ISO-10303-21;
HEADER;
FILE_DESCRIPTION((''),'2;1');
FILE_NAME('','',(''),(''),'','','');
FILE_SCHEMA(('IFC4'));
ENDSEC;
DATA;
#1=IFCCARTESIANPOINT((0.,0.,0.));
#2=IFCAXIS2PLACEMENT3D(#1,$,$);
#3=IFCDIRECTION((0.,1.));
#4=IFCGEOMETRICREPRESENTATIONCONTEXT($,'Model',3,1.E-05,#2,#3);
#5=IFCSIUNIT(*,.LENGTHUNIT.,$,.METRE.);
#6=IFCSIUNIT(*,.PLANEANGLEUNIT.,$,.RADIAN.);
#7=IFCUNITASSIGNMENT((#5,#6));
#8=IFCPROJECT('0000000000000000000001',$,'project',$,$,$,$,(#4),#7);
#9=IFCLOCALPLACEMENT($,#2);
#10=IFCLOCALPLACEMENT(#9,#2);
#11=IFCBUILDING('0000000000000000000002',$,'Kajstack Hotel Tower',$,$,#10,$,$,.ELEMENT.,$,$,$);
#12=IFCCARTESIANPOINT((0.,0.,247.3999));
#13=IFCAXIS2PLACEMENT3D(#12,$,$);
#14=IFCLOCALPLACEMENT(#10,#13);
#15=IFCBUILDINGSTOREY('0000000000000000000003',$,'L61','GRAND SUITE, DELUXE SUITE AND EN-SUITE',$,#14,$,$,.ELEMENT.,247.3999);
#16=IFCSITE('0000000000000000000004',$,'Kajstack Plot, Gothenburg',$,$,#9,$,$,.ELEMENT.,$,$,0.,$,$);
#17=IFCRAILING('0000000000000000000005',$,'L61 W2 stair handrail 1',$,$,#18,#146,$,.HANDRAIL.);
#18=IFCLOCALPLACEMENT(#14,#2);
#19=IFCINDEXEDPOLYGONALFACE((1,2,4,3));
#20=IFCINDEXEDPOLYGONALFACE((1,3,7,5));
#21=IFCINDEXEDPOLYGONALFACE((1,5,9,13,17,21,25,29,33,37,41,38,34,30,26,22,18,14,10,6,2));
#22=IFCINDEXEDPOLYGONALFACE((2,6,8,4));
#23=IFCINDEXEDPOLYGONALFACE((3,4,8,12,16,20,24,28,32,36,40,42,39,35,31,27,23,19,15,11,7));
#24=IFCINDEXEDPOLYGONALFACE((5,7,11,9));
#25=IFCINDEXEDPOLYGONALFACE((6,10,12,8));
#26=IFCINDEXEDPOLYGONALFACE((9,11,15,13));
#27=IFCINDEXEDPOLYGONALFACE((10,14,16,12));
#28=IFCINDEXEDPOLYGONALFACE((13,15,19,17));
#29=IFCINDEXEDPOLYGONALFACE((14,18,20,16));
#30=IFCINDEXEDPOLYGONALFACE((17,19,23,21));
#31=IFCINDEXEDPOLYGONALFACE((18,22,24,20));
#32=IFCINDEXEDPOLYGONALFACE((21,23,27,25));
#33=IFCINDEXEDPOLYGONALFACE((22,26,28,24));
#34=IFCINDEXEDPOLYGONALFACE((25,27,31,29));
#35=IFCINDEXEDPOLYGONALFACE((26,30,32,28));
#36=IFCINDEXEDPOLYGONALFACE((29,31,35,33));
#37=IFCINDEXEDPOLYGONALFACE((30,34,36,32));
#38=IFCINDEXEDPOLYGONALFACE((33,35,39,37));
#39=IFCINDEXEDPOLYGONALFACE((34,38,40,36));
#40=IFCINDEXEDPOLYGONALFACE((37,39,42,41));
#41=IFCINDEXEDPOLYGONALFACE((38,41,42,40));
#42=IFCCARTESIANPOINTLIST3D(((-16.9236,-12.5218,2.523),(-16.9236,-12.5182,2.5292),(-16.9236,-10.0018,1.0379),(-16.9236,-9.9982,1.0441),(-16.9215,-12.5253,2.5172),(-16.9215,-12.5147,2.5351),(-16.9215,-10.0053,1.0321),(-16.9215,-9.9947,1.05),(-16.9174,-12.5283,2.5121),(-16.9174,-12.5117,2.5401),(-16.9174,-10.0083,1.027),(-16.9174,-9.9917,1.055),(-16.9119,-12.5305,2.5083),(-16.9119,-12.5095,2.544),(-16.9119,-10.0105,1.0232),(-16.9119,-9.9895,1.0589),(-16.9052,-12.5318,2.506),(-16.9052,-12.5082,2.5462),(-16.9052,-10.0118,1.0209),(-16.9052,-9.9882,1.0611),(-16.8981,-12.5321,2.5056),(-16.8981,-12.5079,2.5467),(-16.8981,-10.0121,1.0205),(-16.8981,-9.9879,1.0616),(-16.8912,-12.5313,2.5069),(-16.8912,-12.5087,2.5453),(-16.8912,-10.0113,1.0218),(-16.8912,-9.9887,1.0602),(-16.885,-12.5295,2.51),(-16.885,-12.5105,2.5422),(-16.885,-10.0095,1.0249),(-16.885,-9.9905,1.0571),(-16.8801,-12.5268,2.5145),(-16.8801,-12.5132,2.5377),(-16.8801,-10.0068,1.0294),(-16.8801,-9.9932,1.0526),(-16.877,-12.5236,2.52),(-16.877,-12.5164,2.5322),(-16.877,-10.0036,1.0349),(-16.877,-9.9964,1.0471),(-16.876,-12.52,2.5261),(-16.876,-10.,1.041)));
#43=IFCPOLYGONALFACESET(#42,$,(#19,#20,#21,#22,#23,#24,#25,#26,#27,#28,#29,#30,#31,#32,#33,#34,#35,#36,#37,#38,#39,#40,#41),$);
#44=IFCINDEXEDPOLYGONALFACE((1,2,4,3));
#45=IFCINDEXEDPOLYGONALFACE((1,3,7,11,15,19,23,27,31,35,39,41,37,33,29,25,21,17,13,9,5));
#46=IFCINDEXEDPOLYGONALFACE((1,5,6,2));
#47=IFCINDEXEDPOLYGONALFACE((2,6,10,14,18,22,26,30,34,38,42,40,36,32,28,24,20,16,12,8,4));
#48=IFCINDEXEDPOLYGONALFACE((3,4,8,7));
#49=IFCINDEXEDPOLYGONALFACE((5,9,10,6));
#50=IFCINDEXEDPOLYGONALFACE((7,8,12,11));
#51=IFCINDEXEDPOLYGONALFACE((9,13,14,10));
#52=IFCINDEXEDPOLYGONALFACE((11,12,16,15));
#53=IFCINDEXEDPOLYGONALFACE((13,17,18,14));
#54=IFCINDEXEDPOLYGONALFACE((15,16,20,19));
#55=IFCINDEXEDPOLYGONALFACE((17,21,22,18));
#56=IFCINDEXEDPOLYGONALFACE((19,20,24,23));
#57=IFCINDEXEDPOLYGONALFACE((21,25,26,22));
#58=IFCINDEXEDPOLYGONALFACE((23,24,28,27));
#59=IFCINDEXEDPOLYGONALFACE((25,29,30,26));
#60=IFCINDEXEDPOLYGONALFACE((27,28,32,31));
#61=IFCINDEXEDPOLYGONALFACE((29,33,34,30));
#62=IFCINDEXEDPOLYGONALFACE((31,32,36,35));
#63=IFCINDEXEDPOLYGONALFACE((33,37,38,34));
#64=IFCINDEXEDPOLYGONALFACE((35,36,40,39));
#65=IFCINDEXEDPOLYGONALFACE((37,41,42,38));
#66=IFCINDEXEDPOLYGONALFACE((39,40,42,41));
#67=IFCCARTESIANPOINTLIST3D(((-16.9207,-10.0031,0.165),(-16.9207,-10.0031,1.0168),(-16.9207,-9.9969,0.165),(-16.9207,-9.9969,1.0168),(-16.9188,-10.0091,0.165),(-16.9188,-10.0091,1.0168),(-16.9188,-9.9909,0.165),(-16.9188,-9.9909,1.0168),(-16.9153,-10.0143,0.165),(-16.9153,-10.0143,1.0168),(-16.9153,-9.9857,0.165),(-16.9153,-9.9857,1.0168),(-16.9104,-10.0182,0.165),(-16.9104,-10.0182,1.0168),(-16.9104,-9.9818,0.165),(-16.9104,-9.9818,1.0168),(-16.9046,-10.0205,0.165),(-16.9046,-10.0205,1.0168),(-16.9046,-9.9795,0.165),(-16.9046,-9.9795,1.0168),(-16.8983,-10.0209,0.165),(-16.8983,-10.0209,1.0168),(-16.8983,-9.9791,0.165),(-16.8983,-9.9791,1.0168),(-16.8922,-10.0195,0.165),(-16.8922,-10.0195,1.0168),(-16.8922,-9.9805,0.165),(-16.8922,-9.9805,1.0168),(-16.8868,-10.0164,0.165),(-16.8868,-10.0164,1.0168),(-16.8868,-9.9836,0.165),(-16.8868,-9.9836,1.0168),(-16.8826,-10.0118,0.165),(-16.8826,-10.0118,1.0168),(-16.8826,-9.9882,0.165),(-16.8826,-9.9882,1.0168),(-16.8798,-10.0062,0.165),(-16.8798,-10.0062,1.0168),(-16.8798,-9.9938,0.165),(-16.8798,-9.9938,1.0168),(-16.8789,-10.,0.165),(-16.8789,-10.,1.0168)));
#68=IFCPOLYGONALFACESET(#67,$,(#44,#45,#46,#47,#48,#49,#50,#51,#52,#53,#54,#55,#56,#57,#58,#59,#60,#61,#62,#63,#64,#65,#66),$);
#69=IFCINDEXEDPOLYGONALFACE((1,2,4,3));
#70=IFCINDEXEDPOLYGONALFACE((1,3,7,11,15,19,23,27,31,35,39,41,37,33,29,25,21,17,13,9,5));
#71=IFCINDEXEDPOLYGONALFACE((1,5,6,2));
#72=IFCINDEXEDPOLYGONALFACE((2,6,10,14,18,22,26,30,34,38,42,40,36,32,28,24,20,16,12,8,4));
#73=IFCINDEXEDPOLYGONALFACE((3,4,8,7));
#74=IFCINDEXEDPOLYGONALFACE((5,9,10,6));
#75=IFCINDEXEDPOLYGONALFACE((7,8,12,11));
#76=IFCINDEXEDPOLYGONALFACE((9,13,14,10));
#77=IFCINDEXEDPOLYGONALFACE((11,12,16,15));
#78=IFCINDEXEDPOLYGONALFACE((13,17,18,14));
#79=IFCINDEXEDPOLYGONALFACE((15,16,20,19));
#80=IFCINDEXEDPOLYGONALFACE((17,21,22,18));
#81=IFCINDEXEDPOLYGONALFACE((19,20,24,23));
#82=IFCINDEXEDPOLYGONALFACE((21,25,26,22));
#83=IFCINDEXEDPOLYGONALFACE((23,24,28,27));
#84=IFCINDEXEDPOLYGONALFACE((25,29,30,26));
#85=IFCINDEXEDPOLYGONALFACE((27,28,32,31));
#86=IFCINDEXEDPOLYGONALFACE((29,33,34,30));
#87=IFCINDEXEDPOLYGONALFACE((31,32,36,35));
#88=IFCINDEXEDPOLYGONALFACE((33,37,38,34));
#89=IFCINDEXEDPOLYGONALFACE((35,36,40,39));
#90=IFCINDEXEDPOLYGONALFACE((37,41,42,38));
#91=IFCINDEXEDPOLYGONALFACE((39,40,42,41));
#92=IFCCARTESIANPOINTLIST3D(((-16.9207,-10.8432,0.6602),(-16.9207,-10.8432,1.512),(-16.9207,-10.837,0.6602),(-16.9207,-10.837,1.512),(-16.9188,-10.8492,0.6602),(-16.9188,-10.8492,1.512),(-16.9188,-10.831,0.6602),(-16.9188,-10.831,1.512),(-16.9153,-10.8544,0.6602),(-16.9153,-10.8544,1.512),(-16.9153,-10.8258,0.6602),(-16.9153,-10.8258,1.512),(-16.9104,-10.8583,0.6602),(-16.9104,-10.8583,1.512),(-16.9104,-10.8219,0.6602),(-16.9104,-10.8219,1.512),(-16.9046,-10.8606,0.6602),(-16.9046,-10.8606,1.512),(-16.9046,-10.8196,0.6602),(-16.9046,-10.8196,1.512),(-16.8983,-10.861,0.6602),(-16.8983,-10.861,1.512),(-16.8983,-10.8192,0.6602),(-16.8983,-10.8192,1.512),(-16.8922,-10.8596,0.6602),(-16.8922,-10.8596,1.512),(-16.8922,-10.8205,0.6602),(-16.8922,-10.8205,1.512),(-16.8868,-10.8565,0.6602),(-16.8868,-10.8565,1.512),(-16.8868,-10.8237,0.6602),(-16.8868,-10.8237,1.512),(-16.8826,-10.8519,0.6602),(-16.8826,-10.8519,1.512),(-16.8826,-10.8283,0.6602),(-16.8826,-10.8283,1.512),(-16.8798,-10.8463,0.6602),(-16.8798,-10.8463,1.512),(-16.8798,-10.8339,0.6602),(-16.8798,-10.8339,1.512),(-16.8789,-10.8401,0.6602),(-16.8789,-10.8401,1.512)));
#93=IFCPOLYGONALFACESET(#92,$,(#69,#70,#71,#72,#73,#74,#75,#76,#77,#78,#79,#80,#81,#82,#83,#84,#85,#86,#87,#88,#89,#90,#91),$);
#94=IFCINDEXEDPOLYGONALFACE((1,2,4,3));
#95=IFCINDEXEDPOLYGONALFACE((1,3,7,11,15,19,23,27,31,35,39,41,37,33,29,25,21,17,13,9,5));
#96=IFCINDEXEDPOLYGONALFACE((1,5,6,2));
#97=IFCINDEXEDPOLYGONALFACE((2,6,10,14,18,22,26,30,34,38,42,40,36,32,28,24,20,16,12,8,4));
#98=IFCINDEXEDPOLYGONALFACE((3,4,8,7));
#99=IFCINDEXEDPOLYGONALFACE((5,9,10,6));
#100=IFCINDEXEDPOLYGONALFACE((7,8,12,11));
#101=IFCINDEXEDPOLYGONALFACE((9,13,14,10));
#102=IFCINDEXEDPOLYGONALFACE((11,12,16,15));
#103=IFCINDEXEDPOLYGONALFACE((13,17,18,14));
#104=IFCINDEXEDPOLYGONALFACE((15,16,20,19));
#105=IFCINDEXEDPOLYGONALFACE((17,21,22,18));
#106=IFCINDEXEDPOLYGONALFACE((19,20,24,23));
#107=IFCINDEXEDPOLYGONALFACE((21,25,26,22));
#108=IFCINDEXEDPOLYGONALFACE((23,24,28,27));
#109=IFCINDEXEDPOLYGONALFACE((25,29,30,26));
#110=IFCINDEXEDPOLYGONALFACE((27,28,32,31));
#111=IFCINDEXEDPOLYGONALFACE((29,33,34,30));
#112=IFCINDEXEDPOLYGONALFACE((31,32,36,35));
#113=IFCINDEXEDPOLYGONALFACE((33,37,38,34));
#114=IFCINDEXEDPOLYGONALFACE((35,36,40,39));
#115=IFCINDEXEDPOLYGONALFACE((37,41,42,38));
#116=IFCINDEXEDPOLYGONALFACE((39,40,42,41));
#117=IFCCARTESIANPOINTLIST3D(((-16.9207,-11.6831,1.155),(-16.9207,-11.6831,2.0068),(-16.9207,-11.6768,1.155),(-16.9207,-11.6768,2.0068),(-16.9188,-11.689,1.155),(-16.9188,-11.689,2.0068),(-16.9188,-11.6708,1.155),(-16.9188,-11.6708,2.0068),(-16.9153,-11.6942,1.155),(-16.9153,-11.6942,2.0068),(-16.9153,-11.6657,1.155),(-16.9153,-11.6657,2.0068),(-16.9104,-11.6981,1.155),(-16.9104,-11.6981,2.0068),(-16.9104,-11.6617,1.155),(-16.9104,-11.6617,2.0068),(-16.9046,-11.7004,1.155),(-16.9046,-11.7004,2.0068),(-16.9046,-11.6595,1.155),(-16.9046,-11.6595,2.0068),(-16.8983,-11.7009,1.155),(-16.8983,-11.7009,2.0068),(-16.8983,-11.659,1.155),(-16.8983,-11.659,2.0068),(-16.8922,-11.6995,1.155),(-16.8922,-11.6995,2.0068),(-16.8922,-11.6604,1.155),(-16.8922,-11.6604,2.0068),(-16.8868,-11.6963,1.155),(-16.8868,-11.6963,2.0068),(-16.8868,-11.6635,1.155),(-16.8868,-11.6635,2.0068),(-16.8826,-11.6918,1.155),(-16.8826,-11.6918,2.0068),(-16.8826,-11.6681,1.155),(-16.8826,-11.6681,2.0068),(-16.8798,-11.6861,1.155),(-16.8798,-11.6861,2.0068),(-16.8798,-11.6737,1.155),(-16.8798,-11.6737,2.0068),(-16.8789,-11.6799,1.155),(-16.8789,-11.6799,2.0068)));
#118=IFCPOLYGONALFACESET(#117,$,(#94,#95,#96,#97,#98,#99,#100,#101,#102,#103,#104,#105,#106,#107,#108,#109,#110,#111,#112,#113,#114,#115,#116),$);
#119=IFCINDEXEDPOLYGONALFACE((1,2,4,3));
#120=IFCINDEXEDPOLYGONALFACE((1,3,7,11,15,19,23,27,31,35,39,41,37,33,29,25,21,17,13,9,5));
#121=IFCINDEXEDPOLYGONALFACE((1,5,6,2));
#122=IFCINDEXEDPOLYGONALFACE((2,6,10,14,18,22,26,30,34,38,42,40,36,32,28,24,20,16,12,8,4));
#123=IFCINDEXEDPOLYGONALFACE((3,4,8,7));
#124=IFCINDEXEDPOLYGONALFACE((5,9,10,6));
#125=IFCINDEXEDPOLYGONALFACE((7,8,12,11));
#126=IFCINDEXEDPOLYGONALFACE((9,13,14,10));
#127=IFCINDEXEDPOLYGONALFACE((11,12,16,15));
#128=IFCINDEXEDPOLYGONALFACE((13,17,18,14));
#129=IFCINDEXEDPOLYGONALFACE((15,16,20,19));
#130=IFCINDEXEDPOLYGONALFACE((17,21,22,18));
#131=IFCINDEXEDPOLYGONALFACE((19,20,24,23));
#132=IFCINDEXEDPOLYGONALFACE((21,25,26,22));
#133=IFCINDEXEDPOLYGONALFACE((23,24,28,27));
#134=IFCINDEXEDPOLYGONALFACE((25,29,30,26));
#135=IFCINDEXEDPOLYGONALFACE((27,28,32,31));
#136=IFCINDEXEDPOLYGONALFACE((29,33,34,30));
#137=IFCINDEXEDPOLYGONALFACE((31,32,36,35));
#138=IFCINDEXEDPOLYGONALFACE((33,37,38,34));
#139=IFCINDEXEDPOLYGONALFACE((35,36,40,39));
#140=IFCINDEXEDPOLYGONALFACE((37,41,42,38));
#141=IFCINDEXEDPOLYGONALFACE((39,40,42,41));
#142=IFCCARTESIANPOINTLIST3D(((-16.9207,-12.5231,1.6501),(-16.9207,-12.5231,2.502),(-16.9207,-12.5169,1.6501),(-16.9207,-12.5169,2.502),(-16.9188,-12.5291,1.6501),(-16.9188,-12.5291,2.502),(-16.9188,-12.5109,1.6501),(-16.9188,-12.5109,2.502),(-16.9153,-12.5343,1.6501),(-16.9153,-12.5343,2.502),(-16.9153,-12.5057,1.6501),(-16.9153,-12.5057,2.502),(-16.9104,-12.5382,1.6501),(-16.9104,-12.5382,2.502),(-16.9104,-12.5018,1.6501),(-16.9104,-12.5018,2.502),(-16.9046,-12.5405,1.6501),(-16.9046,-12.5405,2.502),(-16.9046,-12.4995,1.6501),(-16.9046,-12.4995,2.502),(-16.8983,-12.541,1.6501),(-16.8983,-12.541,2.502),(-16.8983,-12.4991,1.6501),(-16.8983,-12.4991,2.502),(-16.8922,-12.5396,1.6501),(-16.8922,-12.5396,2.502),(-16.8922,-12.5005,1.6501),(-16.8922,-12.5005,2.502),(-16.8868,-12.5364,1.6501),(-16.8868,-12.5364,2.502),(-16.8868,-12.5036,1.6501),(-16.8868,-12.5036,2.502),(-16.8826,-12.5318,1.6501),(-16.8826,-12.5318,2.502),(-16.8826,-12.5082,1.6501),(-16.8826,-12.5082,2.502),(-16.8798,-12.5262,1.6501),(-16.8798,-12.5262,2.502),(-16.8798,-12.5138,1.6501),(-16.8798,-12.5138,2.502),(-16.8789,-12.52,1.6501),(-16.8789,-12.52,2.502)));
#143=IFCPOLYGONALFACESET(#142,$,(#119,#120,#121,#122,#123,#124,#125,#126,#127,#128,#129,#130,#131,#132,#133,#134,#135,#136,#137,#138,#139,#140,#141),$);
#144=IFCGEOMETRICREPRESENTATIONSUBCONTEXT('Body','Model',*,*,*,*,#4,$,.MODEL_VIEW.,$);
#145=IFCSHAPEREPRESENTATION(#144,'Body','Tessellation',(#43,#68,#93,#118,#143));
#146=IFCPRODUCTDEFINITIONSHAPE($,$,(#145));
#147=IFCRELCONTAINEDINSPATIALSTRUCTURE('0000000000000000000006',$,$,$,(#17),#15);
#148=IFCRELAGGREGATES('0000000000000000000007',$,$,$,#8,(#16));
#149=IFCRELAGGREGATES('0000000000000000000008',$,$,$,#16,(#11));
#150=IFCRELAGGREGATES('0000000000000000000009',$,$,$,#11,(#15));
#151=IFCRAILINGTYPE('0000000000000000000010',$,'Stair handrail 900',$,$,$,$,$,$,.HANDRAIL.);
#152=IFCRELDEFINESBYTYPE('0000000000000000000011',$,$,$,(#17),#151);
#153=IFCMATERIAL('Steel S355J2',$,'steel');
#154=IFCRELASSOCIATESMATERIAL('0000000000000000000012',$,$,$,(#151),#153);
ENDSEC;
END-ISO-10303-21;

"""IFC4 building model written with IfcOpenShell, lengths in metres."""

from ifc_helpers import new_model, si_unit, direction, frame, origin, origin_2d, place, context, subcontext, project, spatial, circle, extrude, material, type_object, element, save


model = new_model("IFC4")

# Units and contexts
model_context = context("Model", 3, precision=1e-05, world=origin(), true_north=direction((0.0, 1.0)))
body_context = subcontext(model_context, "Body", "Model", "MODEL_VIEW")
ifc_project = project(units=[si_unit("LENGTHUNIT", "METRE"), si_unit("PLANEANGLEUNIT", "RADIAN")], contexts=[model_context])

# Site, building, storey
site_placement = place(None, origin())
site = spatial("IfcSite", under=ifc_project, at=site_placement, Name="Kajstack Plot, Gothenburg", CompositionType="ELEMENT", RefElevation=0.0)
building_placement = place(site_placement, origin())
building = spatial("IfcBuilding", under=site, at=building_placement, Name="Kajstack Hotel Tower", CompositionType="ELEMENT")
storey_placement = place(building_placement, frame((0.0, 0.0, 247.3999)))
storey = spatial("IfcBuildingStorey", under=building, at=storey_placement, Name="L61", Description="GRAND SUITE, DELUXE SUITE AND EN-SUITE", CompositionType="ELEMENT", Elevation=247.3999)

# Railing
ifc_material_1 = material(Name="Steel S355J2", Category="steel")
railing_type_1 = type_object("IfcRailingType", Name="Stair handrail 900", PredefinedType="HANDRAIL", material=ifc_material_1)
railing_1_placement = place(storey_placement, frame((-16.8999, -10.0, 0.165)))
element("IfcRailing", 1, at=railing_1_placement, inside=storey, type_object=railing_type_1, Name="L61 W2 stair handrail 1", PredefinedType="HANDRAIL", context=body_context, shape_type="SweptSolid", body=[
    extrude(circle(Radius=0.0239, at=origin_2d()), frame((0.0, 0.0, 0.876), z_axis=(0.0, -0.861524, 0.507717), x_axis=(1.0, 0.0, 0.0)), (0.0, 0.0, 1.0), 2.925),
    extrude(circle(Radius=0.021, at=origin_2d()), origin(), (0.0, 0.0, 1.0), 0.8518),
    extrude(circle(Radius=0.021, at=origin_2d()), frame((0.0, -0.8401, 0.4951)), (0.0, 0.0, 1.0), 0.8518),
    extrude(circle(Radius=0.021, at=origin_2d()), frame((0.0, -1.6799, 0.99)), (0.0, 0.0, 1.0), 0.8518),
    extrude(circle(Radius=0.021, at=origin_2d()), frame((0.0, -2.52, 1.4851)), (0.0, 0.0, 1.0), 0.8518),
])

save(model, "model.ifc")
